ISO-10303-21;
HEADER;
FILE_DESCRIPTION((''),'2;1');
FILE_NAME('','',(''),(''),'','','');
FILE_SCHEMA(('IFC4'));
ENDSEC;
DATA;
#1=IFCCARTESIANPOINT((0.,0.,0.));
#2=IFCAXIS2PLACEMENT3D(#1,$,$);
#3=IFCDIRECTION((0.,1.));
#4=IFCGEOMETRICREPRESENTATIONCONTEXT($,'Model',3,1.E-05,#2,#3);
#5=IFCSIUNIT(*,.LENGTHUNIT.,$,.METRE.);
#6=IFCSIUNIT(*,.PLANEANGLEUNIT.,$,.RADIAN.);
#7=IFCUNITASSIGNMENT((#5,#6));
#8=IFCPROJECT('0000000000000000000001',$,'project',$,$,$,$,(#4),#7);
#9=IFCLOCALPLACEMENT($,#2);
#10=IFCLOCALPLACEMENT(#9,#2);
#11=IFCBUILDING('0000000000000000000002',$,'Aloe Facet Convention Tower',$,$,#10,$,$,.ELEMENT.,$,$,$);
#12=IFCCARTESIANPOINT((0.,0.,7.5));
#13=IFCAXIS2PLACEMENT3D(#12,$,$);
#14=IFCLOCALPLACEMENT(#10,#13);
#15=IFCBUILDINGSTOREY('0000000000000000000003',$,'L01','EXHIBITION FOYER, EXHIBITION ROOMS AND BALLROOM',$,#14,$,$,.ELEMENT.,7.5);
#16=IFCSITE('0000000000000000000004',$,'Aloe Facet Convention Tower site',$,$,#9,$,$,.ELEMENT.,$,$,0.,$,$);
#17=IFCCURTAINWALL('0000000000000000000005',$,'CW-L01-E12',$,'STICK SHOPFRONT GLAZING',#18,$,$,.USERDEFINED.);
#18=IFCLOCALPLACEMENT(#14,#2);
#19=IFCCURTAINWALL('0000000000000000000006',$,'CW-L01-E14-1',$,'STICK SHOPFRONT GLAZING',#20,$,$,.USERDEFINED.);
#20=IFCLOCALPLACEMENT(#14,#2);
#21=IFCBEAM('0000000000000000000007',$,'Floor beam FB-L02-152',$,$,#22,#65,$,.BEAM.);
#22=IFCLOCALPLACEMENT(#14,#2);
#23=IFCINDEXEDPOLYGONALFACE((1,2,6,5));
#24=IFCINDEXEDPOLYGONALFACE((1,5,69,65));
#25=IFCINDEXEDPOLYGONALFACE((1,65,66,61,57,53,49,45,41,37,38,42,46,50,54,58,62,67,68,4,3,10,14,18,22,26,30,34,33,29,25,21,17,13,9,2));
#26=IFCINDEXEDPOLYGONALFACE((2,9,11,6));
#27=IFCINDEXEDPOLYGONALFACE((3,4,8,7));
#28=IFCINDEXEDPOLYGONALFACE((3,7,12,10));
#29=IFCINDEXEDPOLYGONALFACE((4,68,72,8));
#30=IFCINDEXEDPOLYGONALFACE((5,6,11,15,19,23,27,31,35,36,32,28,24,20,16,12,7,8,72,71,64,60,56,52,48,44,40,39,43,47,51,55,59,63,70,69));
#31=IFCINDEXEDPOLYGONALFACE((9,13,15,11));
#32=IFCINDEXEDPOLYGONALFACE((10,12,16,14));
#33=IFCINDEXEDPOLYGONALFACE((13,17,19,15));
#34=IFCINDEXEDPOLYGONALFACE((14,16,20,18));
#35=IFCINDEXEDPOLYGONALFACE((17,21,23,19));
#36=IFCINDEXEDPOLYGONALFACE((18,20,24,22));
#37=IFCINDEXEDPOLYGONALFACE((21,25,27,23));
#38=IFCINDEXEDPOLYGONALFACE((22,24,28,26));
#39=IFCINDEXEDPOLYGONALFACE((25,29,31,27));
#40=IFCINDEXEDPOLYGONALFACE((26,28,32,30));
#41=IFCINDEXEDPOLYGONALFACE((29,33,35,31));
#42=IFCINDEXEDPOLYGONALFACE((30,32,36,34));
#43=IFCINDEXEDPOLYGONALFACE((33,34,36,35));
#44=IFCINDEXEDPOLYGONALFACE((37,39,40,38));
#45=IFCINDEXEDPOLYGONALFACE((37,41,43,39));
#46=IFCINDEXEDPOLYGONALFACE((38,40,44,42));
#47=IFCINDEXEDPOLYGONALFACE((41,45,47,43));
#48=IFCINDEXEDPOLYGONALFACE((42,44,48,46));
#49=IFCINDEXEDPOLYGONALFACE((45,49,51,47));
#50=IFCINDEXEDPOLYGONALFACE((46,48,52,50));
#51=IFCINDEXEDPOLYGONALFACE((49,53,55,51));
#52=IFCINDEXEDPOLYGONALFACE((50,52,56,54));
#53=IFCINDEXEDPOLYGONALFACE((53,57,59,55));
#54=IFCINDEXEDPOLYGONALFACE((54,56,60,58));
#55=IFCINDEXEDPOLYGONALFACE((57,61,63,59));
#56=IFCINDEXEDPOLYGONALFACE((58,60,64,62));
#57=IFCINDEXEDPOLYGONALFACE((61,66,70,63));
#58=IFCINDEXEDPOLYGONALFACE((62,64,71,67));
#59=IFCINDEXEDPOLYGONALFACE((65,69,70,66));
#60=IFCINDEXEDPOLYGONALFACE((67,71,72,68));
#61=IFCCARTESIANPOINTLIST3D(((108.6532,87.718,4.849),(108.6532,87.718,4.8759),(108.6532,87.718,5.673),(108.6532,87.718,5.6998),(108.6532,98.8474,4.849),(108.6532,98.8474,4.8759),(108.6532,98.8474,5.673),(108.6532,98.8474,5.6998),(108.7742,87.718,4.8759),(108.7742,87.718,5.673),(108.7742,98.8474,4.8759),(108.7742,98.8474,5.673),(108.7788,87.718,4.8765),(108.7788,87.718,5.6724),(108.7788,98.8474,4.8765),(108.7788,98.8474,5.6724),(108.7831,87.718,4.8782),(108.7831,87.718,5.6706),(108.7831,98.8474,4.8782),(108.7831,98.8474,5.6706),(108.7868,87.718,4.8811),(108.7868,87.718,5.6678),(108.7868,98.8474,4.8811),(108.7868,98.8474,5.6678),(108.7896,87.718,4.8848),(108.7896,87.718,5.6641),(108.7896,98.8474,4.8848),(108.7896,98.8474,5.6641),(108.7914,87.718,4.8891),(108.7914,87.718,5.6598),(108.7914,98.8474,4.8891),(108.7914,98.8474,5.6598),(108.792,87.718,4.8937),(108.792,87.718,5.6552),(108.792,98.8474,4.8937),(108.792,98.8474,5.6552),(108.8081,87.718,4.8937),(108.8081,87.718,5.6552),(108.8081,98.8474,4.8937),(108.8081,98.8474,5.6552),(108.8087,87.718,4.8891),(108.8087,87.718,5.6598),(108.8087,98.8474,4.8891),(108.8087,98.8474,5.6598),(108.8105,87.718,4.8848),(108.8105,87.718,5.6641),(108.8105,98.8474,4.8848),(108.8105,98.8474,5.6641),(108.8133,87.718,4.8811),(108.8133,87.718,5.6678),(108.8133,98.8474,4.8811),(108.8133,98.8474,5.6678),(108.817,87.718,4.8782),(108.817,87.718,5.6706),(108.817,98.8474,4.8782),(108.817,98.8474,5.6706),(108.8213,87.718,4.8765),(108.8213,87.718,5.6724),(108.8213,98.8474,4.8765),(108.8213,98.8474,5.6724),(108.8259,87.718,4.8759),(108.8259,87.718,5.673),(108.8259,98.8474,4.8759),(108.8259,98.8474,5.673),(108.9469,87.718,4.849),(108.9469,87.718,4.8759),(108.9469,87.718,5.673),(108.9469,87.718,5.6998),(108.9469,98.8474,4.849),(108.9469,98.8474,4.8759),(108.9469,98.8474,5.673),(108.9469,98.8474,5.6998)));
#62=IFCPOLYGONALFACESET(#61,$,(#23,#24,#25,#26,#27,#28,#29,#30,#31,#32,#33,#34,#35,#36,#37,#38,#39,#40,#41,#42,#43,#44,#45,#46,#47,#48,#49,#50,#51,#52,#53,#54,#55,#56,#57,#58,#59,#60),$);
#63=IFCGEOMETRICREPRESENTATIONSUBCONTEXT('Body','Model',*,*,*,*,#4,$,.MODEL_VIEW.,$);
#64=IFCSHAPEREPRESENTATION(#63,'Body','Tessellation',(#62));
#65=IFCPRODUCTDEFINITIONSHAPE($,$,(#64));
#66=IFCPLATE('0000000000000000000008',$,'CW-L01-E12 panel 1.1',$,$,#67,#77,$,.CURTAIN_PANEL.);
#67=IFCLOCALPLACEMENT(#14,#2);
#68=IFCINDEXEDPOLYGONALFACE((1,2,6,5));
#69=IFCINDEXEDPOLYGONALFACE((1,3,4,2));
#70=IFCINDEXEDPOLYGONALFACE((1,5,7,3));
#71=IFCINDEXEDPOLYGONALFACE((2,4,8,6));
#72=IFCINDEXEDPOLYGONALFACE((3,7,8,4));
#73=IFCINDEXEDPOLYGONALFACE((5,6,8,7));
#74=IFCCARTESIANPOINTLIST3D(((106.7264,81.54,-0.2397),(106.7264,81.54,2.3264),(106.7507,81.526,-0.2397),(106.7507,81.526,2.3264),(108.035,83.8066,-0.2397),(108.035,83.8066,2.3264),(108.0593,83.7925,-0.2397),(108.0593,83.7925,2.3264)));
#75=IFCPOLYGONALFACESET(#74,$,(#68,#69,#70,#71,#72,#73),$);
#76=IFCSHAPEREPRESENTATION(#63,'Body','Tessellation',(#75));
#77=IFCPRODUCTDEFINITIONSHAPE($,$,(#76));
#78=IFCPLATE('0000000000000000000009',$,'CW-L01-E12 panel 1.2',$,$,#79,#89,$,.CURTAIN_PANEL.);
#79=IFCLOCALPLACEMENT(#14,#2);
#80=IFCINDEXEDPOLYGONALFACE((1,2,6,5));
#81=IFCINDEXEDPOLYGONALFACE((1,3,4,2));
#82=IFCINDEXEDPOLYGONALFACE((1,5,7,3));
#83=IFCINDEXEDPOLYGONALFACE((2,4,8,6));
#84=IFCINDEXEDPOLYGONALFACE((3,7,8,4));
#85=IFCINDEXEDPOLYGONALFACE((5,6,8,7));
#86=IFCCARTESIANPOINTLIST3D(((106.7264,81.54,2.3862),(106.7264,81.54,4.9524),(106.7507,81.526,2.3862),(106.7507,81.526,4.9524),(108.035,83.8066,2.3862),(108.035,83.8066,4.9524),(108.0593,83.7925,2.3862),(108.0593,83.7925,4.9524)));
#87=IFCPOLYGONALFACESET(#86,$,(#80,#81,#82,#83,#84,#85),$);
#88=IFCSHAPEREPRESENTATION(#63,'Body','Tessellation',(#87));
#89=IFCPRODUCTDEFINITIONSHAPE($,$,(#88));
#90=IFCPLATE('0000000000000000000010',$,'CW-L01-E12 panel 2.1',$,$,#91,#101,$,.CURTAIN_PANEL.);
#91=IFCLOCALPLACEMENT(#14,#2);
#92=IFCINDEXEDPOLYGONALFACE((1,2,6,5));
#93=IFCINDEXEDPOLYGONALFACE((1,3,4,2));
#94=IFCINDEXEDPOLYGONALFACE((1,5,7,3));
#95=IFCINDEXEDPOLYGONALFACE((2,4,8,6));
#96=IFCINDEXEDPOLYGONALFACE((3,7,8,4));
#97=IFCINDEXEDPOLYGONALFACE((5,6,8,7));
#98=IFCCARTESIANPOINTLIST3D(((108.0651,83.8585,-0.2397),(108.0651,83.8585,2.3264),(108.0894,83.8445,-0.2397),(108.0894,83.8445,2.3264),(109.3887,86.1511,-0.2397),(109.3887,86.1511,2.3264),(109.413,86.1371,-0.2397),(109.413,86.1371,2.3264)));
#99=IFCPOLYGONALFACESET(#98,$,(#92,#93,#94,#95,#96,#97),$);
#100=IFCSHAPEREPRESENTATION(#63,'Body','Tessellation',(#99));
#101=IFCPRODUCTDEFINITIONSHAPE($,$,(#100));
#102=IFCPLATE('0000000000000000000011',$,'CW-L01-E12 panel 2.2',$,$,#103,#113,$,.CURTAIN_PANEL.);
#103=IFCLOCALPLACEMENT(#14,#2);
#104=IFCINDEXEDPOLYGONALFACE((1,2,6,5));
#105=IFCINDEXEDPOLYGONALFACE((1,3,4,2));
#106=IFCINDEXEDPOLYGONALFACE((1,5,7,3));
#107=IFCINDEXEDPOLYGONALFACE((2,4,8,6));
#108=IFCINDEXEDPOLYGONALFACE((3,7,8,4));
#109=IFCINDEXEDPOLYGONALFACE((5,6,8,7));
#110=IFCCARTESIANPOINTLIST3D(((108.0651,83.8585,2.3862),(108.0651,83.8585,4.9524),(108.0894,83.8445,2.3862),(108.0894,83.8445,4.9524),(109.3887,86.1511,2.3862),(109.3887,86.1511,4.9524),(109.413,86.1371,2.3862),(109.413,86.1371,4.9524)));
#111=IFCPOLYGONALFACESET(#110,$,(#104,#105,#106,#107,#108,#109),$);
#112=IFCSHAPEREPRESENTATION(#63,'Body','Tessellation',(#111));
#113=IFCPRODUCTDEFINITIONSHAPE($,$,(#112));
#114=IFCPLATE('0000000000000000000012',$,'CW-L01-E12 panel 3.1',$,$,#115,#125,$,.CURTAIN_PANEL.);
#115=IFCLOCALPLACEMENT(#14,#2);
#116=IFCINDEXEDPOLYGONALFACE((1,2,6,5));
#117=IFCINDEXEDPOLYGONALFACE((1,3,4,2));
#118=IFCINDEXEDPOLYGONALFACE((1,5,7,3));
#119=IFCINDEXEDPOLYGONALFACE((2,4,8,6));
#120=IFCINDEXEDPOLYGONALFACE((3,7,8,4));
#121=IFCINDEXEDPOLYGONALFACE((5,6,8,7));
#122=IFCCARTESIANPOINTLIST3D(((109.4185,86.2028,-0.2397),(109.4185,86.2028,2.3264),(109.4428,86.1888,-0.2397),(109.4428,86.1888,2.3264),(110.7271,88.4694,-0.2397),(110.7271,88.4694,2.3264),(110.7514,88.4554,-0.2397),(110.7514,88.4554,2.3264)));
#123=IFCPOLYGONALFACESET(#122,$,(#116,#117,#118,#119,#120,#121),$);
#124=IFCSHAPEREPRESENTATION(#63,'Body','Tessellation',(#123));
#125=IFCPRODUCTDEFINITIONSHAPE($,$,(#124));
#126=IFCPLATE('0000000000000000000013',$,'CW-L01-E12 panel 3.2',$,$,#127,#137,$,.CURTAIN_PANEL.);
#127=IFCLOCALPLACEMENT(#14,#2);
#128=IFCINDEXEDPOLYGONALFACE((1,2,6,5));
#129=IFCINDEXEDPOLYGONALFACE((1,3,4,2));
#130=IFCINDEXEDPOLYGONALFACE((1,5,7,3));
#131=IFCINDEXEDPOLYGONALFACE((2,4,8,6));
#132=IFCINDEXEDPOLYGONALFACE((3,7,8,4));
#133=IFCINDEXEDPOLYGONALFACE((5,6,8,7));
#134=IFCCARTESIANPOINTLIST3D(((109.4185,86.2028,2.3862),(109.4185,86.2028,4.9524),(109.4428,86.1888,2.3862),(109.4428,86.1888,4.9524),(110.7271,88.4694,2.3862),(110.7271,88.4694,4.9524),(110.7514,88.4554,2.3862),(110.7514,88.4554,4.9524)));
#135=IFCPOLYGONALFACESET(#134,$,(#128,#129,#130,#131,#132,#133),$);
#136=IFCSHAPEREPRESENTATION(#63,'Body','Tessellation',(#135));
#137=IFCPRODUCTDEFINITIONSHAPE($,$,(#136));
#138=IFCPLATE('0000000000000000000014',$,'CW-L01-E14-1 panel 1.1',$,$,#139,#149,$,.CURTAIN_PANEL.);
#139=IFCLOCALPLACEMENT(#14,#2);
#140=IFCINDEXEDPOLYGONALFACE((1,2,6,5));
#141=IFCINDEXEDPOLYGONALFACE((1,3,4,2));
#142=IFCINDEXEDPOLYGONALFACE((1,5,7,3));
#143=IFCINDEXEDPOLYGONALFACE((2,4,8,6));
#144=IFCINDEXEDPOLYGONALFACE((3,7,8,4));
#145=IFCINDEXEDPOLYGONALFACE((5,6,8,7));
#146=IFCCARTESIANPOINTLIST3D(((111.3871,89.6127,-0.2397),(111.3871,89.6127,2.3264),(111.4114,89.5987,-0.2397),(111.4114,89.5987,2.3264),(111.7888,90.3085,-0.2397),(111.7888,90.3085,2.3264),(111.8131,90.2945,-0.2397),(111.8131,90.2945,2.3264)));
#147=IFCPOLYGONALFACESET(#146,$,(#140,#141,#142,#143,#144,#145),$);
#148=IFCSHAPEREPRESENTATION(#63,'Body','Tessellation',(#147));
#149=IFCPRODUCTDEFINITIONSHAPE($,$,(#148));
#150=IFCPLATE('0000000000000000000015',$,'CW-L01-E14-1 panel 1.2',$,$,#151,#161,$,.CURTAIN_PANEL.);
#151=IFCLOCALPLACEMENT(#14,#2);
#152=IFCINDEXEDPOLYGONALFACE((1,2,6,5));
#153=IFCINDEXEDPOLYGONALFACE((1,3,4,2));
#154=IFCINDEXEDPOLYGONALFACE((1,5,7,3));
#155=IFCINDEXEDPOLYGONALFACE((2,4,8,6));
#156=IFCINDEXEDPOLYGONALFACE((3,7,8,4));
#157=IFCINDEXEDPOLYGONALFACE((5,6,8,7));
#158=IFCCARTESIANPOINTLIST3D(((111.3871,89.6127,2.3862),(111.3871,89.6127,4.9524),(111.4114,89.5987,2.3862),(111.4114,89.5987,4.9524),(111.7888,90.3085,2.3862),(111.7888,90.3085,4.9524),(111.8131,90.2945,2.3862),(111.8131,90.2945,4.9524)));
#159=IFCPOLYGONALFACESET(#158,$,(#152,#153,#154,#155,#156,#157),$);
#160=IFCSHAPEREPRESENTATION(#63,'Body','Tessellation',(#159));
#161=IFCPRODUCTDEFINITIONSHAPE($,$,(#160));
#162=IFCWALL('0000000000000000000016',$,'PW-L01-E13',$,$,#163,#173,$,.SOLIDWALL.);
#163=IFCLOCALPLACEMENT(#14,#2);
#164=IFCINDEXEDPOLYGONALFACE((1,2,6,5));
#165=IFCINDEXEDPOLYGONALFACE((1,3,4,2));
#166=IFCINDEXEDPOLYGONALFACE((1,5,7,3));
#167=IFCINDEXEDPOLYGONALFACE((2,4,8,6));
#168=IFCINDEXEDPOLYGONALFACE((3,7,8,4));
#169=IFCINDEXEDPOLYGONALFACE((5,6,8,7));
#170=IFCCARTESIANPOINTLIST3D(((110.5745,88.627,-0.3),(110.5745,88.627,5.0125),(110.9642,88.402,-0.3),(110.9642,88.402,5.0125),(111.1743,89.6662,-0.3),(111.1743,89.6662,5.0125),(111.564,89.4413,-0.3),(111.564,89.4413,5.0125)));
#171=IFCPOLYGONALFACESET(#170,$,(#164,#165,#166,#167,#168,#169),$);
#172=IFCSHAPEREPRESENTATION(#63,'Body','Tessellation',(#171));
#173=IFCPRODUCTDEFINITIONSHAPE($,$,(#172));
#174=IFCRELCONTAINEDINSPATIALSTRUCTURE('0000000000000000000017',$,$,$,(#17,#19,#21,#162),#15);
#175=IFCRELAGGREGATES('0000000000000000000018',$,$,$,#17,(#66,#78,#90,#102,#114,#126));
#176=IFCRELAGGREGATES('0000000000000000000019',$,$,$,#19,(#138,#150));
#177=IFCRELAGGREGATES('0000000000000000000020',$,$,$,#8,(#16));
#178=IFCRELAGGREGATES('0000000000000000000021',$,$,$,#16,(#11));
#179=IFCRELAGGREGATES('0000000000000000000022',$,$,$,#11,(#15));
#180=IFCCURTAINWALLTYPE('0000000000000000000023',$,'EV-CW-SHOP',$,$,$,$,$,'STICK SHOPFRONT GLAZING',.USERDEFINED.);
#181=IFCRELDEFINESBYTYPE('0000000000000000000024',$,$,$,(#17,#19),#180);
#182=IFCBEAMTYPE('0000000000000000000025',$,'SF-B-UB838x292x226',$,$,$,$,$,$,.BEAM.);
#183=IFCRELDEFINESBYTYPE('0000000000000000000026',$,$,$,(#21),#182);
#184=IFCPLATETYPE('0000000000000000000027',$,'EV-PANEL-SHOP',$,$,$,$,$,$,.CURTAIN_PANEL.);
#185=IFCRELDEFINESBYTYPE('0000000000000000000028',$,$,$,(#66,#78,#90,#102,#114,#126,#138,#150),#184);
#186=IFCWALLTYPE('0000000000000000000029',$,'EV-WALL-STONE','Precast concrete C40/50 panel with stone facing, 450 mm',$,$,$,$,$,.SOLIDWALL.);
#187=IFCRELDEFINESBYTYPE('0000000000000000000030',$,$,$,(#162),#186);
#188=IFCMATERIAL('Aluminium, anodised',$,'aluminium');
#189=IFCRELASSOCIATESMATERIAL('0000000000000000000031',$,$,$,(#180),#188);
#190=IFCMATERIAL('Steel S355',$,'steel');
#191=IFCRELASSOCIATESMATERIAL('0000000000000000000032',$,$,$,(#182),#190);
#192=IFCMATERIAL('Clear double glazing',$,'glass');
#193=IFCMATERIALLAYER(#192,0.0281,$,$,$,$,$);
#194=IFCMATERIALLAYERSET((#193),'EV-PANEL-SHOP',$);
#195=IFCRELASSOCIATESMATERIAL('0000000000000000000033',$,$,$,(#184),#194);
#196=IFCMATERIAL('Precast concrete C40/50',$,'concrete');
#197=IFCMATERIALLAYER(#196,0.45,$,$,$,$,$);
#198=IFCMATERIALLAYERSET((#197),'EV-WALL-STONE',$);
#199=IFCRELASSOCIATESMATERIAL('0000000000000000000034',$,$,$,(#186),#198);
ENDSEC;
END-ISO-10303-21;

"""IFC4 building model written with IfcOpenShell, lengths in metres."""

from ifc_helpers import new_model, si_unit, direction, frame, frame_2d, origin, origin_2d, place, context, subcontext, project, spatial, rectangle, i_section, extrude, material, layer, layer_set, material_profile, profile_set, type_object, element, aggregate, save


model = new_model("IFC4")

# Units and contexts
model_context = context("Model", 3, precision=1e-05, world=origin(), true_north=direction((0.0, 1.0)))
body_context = subcontext(model_context, "Body", "Model", "MODEL_VIEW")
ifc_project = project(units=[si_unit("LENGTHUNIT", "METRE"), si_unit("PLANEANGLEUNIT", "RADIAN")], contexts=[model_context])

# Site, building, storey
site_placement = place(None, origin())
site = spatial("IfcSite", under=ifc_project, at=site_placement, Name="Aloe Facet Convention Tower site", CompositionType="ELEMENT", RefElevation=0.0)
building_placement = place(site_placement, origin())
building = spatial("IfcBuilding", under=site, at=building_placement, Name="Aloe Facet Convention Tower", CompositionType="ELEMENT")
storey_placement = place(building_placement, frame((0.0, 0.0, 7.5)))
storey = spatial("IfcBuildingStorey", under=building, at=storey_placement, Name="L01", Description="EXHIBITION FOYER, EXHIBITION ROOMS AND BALLROOM", CompositionType="ELEMENT", Elevation=7.5)

# Curtain walls
ifc_material_1 = material(Name="Aluminium, anodised", Category="aluminium")
curtain_wall_type = type_object("IfcCurtainWallType", Name="EV-CW-SHOP", ElementType="STICK SHOPFRONT GLAZING", PredefinedType="USERDEFINED", material=ifc_material_1)
curtain_wall_1_placement = place(storey_placement, origin())
curtain_wall_1 = element("IfcCurtainWall", 1, at=curtain_wall_1_placement, inside=storey, type_object=curtain_wall_type, Name="CW-L01-E12", ObjectType="STICK SHOPFRONT GLAZING", PredefinedType="USERDEFINED")
curtain_wall_2_placement = place(storey_placement, origin())
curtain_wall_2 = element("IfcCurtainWall", 2, at=curtain_wall_2_placement, inside=storey, type_object=curtain_wall_type, Name="CW-L01-E14-1", ObjectType="STICK SHOPFRONT GLAZING", PredefinedType="USERDEFINED")

# Beam
ifc_material_2 = material(Name="Steel S355", Category="steel")
ifc_material_profile_1 = material_profile(ifc_material_2, i_section(OverallWidth=0.2937, OverallDepth=0.8508, WebThickness=0.0161, FlangeThickness=0.0269, FilletRadius=0.0178, at=origin_2d()), Name="UB 838x292x226")
ifc_profile_set_1 = profile_set([ifc_material_profile_1], Name="Steel S355")
beam_type_1 = type_object("IfcBeamType", Name="SF-B-UB838x292x226", PredefinedType="BEAM", material=ifc_profile_set_1)
beam_1_placement = place(storey_placement, frame((108.8, 87.718, 5.2744), z_axis=(0.0, 1.0, 0.0), x_axis=(-1.0, 0.0, 0.0)))
element("IfcBeam", 3, at=beam_1_placement, inside=storey, type_object=beam_type_1, Name="Floor beam FB-L02-152", PredefinedType="BEAM", context=body_context, shape_type="SweptSolid", body=[
    extrude(i_section(OverallWidth=0.2937, OverallDepth=0.8508, WebThickness=0.0161, FlangeThickness=0.0269, FilletRadius=0.0178, at=origin_2d()), origin(), (0.0, 0.0, 1.0), 11.1294),
])

# Plates
ifc_material_3 = material(Name="Clear double glazing", Category="glass")
ifc_layer_1 = layer(ifc_material_3, 0.0281)
ifc_layer_set_1 = layer_set([ifc_layer_1], Name="EV-PANEL-SHOP")
plate_type = type_object("IfcPlateType", Name="EV-PANEL-SHOP", PredefinedType="CURTAIN_PANEL", material=ifc_layer_set_1)
plate_1_placement = place(storey_placement, frame((107.3928, 82.6663, -0.2397), z_axis=(0.0, 0.0, 1.0), x_axis=(0.5, 0.866025, 0.0)))
plate_1 = element("IfcPlate", 4, at=plate_1_placement, type_object=plate_type, Name="CW-L01-E12 panel 1.1", PredefinedType="CURTAIN_PANEL", context=body_context, shape_type="SweptSolid", body=[
    extrude(rectangle(XDim=2.6172, YDim=0.0281, at=origin_2d()), origin(), (0.0, 0.0, 1.0), 2.5662),
])
plate_2_placement = place(storey_placement, frame((107.3928, 82.6663, 2.3862), z_axis=(0.0, 0.0, 1.0), x_axis=(0.5, 0.866025, 0.0)))
plate_2 = element("IfcPlate", 5, at=plate_2_placement, type_object=plate_type, Name="CW-L01-E12 panel 1.2", PredefinedType="CURTAIN_PANEL", context=body_context, shape_type="SweptSolid", body=[
    extrude(rectangle(XDim=2.6172, YDim=0.0281, at=origin_2d()), origin(), (0.0, 0.0, 1.0), 2.5662),
])
plate_3_placement = place(storey_placement, frame((108.739, 84.9978, -0.2397), z_axis=(0.0, 0.0, 1.0), x_axis=(0.5, 0.866025, 0.0)))
plate_3 = element("IfcPlate", 6, at=plate_3_placement, type_object=plate_type, Name="CW-L01-E12 panel 2.1", PredefinedType="CURTAIN_PANEL", context=body_context, shape_type="SweptSolid", body=[
    extrude(rectangle(XDim=2.6472, YDim=0.0281, at=origin_2d()), origin(), (0.0, 0.0, 1.0), 2.5662),
])
plate_4_placement = place(storey_placement, frame((108.739, 84.9978, 2.3862), z_axis=(0.0, 0.0, 1.0), x_axis=(0.5, 0.866025, 0.0)))
plate_4 = element("IfcPlate", 7, at=plate_4_placement, type_object=plate_type, Name="CW-L01-E12 panel 2.2", PredefinedType="CURTAIN_PANEL", context=body_context, shape_type="SweptSolid", body=[
    extrude(rectangle(XDim=2.6472, YDim=0.0281, at=origin_2d()), origin(), (0.0, 0.0, 1.0), 2.5662),
])
plate_5_placement = place(storey_placement, frame((110.085, 87.3291, -0.2397), z_axis=(0.0, 0.0, 1.0), x_axis=(0.5, 0.866025, 0.0)))
plate_5 = element("IfcPlate", 8, at=plate_5_placement, type_object=plate_type, Name="CW-L01-E12 panel 3.1", PredefinedType="CURTAIN_PANEL", context=body_context, shape_type="SweptSolid", body=[
    extrude(rectangle(XDim=2.6172, YDim=0.0281, at=origin_2d()), origin(), (0.0, 0.0, 1.0), 2.5662),
])
plate_6_placement = place(storey_placement, frame((110.085, 87.3291, 2.3862), z_axis=(0.0, 0.0, 1.0), x_axis=(0.5, 0.866025, 0.0)))
plate_6 = element("IfcPlate", 9, at=plate_6_placement, type_object=plate_type, Name="CW-L01-E12 panel 3.2", PredefinedType="CURTAIN_PANEL", context=body_context, shape_type="SweptSolid", body=[
    extrude(rectangle(XDim=2.6172, YDim=0.0281, at=origin_2d()), origin(), (0.0, 0.0, 1.0), 2.5662),
])
aggregate(curtain_wall_1, [plate_1, plate_2, plate_3, plate_4, plate_5, plate_6])
plate_7_placement = place(storey_placement, frame((111.6001, 89.9536, -0.2397), z_axis=(0.0, 0.0, 1.0), x_axis=(0.5, 0.866025, 0.0)))
plate_7 = element("IfcPlate", 10, at=plate_7_placement, type_object=plate_type, Name="CW-L01-E14-1 panel 1.1", PredefinedType="CURTAIN_PANEL", context=body_context, shape_type="SweptSolid", body=[
    extrude(rectangle(XDim=0.8035, YDim=0.0281, at=origin_2d()), origin(), (0.0, 0.0, 1.0), 2.5662),
])
plate_8_placement = place(storey_placement, frame((111.6001, 89.9536, 2.3862), z_axis=(0.0, 0.0, 1.0), x_axis=(0.5, 0.866025, 0.0)))
plate_8 = element("IfcPlate", 11, at=plate_8_placement, type_object=plate_type, Name="CW-L01-E14-1 panel 1.2", PredefinedType="CURTAIN_PANEL", context=body_context, shape_type="SweptSolid", body=[
    extrude(rectangle(XDim=0.8035, YDim=0.0281, at=origin_2d()), origin(), (0.0, 0.0, 1.0), 2.5662),
])
aggregate(curtain_wall_2, [plate_7, plate_8])

# Wall
ifc_material_4 = material(Name="Precast concrete C40/50", Category="concrete")
ifc_layer_2 = layer(ifc_material_4, 0.45)
ifc_layer_set_2 = layer_set([ifc_layer_2], Name="EV-WALL-STONE")
wall_type = type_object("IfcWallType", Name="EV-WALL-STONE", Description="Precast concrete C40/50 panel with stone facing, 450 mm", PredefinedType="SOLIDWALL", material=ifc_layer_set_2)
wall_placement = place(storey_placement, frame((110.7693, 88.5144, -0.3), z_axis=(0.0, 0.0, 1.0), x_axis=(0.499881, 0.866094, 0.0)))
element("IfcWall", 12, at=wall_placement, inside=storey, type_object=wall_type, Name="PW-L01-E13", PredefinedType="SOLIDWALL", context=body_context, shape_type="SweptSolid", body=[
    extrude(rectangle(XDim=1.2, YDim=0.45, at=frame_2d((0.6001, 0.0))), origin(), (0.0, 0.0, 1.0), 5.3125),
])

save(model, "model.ifc")
